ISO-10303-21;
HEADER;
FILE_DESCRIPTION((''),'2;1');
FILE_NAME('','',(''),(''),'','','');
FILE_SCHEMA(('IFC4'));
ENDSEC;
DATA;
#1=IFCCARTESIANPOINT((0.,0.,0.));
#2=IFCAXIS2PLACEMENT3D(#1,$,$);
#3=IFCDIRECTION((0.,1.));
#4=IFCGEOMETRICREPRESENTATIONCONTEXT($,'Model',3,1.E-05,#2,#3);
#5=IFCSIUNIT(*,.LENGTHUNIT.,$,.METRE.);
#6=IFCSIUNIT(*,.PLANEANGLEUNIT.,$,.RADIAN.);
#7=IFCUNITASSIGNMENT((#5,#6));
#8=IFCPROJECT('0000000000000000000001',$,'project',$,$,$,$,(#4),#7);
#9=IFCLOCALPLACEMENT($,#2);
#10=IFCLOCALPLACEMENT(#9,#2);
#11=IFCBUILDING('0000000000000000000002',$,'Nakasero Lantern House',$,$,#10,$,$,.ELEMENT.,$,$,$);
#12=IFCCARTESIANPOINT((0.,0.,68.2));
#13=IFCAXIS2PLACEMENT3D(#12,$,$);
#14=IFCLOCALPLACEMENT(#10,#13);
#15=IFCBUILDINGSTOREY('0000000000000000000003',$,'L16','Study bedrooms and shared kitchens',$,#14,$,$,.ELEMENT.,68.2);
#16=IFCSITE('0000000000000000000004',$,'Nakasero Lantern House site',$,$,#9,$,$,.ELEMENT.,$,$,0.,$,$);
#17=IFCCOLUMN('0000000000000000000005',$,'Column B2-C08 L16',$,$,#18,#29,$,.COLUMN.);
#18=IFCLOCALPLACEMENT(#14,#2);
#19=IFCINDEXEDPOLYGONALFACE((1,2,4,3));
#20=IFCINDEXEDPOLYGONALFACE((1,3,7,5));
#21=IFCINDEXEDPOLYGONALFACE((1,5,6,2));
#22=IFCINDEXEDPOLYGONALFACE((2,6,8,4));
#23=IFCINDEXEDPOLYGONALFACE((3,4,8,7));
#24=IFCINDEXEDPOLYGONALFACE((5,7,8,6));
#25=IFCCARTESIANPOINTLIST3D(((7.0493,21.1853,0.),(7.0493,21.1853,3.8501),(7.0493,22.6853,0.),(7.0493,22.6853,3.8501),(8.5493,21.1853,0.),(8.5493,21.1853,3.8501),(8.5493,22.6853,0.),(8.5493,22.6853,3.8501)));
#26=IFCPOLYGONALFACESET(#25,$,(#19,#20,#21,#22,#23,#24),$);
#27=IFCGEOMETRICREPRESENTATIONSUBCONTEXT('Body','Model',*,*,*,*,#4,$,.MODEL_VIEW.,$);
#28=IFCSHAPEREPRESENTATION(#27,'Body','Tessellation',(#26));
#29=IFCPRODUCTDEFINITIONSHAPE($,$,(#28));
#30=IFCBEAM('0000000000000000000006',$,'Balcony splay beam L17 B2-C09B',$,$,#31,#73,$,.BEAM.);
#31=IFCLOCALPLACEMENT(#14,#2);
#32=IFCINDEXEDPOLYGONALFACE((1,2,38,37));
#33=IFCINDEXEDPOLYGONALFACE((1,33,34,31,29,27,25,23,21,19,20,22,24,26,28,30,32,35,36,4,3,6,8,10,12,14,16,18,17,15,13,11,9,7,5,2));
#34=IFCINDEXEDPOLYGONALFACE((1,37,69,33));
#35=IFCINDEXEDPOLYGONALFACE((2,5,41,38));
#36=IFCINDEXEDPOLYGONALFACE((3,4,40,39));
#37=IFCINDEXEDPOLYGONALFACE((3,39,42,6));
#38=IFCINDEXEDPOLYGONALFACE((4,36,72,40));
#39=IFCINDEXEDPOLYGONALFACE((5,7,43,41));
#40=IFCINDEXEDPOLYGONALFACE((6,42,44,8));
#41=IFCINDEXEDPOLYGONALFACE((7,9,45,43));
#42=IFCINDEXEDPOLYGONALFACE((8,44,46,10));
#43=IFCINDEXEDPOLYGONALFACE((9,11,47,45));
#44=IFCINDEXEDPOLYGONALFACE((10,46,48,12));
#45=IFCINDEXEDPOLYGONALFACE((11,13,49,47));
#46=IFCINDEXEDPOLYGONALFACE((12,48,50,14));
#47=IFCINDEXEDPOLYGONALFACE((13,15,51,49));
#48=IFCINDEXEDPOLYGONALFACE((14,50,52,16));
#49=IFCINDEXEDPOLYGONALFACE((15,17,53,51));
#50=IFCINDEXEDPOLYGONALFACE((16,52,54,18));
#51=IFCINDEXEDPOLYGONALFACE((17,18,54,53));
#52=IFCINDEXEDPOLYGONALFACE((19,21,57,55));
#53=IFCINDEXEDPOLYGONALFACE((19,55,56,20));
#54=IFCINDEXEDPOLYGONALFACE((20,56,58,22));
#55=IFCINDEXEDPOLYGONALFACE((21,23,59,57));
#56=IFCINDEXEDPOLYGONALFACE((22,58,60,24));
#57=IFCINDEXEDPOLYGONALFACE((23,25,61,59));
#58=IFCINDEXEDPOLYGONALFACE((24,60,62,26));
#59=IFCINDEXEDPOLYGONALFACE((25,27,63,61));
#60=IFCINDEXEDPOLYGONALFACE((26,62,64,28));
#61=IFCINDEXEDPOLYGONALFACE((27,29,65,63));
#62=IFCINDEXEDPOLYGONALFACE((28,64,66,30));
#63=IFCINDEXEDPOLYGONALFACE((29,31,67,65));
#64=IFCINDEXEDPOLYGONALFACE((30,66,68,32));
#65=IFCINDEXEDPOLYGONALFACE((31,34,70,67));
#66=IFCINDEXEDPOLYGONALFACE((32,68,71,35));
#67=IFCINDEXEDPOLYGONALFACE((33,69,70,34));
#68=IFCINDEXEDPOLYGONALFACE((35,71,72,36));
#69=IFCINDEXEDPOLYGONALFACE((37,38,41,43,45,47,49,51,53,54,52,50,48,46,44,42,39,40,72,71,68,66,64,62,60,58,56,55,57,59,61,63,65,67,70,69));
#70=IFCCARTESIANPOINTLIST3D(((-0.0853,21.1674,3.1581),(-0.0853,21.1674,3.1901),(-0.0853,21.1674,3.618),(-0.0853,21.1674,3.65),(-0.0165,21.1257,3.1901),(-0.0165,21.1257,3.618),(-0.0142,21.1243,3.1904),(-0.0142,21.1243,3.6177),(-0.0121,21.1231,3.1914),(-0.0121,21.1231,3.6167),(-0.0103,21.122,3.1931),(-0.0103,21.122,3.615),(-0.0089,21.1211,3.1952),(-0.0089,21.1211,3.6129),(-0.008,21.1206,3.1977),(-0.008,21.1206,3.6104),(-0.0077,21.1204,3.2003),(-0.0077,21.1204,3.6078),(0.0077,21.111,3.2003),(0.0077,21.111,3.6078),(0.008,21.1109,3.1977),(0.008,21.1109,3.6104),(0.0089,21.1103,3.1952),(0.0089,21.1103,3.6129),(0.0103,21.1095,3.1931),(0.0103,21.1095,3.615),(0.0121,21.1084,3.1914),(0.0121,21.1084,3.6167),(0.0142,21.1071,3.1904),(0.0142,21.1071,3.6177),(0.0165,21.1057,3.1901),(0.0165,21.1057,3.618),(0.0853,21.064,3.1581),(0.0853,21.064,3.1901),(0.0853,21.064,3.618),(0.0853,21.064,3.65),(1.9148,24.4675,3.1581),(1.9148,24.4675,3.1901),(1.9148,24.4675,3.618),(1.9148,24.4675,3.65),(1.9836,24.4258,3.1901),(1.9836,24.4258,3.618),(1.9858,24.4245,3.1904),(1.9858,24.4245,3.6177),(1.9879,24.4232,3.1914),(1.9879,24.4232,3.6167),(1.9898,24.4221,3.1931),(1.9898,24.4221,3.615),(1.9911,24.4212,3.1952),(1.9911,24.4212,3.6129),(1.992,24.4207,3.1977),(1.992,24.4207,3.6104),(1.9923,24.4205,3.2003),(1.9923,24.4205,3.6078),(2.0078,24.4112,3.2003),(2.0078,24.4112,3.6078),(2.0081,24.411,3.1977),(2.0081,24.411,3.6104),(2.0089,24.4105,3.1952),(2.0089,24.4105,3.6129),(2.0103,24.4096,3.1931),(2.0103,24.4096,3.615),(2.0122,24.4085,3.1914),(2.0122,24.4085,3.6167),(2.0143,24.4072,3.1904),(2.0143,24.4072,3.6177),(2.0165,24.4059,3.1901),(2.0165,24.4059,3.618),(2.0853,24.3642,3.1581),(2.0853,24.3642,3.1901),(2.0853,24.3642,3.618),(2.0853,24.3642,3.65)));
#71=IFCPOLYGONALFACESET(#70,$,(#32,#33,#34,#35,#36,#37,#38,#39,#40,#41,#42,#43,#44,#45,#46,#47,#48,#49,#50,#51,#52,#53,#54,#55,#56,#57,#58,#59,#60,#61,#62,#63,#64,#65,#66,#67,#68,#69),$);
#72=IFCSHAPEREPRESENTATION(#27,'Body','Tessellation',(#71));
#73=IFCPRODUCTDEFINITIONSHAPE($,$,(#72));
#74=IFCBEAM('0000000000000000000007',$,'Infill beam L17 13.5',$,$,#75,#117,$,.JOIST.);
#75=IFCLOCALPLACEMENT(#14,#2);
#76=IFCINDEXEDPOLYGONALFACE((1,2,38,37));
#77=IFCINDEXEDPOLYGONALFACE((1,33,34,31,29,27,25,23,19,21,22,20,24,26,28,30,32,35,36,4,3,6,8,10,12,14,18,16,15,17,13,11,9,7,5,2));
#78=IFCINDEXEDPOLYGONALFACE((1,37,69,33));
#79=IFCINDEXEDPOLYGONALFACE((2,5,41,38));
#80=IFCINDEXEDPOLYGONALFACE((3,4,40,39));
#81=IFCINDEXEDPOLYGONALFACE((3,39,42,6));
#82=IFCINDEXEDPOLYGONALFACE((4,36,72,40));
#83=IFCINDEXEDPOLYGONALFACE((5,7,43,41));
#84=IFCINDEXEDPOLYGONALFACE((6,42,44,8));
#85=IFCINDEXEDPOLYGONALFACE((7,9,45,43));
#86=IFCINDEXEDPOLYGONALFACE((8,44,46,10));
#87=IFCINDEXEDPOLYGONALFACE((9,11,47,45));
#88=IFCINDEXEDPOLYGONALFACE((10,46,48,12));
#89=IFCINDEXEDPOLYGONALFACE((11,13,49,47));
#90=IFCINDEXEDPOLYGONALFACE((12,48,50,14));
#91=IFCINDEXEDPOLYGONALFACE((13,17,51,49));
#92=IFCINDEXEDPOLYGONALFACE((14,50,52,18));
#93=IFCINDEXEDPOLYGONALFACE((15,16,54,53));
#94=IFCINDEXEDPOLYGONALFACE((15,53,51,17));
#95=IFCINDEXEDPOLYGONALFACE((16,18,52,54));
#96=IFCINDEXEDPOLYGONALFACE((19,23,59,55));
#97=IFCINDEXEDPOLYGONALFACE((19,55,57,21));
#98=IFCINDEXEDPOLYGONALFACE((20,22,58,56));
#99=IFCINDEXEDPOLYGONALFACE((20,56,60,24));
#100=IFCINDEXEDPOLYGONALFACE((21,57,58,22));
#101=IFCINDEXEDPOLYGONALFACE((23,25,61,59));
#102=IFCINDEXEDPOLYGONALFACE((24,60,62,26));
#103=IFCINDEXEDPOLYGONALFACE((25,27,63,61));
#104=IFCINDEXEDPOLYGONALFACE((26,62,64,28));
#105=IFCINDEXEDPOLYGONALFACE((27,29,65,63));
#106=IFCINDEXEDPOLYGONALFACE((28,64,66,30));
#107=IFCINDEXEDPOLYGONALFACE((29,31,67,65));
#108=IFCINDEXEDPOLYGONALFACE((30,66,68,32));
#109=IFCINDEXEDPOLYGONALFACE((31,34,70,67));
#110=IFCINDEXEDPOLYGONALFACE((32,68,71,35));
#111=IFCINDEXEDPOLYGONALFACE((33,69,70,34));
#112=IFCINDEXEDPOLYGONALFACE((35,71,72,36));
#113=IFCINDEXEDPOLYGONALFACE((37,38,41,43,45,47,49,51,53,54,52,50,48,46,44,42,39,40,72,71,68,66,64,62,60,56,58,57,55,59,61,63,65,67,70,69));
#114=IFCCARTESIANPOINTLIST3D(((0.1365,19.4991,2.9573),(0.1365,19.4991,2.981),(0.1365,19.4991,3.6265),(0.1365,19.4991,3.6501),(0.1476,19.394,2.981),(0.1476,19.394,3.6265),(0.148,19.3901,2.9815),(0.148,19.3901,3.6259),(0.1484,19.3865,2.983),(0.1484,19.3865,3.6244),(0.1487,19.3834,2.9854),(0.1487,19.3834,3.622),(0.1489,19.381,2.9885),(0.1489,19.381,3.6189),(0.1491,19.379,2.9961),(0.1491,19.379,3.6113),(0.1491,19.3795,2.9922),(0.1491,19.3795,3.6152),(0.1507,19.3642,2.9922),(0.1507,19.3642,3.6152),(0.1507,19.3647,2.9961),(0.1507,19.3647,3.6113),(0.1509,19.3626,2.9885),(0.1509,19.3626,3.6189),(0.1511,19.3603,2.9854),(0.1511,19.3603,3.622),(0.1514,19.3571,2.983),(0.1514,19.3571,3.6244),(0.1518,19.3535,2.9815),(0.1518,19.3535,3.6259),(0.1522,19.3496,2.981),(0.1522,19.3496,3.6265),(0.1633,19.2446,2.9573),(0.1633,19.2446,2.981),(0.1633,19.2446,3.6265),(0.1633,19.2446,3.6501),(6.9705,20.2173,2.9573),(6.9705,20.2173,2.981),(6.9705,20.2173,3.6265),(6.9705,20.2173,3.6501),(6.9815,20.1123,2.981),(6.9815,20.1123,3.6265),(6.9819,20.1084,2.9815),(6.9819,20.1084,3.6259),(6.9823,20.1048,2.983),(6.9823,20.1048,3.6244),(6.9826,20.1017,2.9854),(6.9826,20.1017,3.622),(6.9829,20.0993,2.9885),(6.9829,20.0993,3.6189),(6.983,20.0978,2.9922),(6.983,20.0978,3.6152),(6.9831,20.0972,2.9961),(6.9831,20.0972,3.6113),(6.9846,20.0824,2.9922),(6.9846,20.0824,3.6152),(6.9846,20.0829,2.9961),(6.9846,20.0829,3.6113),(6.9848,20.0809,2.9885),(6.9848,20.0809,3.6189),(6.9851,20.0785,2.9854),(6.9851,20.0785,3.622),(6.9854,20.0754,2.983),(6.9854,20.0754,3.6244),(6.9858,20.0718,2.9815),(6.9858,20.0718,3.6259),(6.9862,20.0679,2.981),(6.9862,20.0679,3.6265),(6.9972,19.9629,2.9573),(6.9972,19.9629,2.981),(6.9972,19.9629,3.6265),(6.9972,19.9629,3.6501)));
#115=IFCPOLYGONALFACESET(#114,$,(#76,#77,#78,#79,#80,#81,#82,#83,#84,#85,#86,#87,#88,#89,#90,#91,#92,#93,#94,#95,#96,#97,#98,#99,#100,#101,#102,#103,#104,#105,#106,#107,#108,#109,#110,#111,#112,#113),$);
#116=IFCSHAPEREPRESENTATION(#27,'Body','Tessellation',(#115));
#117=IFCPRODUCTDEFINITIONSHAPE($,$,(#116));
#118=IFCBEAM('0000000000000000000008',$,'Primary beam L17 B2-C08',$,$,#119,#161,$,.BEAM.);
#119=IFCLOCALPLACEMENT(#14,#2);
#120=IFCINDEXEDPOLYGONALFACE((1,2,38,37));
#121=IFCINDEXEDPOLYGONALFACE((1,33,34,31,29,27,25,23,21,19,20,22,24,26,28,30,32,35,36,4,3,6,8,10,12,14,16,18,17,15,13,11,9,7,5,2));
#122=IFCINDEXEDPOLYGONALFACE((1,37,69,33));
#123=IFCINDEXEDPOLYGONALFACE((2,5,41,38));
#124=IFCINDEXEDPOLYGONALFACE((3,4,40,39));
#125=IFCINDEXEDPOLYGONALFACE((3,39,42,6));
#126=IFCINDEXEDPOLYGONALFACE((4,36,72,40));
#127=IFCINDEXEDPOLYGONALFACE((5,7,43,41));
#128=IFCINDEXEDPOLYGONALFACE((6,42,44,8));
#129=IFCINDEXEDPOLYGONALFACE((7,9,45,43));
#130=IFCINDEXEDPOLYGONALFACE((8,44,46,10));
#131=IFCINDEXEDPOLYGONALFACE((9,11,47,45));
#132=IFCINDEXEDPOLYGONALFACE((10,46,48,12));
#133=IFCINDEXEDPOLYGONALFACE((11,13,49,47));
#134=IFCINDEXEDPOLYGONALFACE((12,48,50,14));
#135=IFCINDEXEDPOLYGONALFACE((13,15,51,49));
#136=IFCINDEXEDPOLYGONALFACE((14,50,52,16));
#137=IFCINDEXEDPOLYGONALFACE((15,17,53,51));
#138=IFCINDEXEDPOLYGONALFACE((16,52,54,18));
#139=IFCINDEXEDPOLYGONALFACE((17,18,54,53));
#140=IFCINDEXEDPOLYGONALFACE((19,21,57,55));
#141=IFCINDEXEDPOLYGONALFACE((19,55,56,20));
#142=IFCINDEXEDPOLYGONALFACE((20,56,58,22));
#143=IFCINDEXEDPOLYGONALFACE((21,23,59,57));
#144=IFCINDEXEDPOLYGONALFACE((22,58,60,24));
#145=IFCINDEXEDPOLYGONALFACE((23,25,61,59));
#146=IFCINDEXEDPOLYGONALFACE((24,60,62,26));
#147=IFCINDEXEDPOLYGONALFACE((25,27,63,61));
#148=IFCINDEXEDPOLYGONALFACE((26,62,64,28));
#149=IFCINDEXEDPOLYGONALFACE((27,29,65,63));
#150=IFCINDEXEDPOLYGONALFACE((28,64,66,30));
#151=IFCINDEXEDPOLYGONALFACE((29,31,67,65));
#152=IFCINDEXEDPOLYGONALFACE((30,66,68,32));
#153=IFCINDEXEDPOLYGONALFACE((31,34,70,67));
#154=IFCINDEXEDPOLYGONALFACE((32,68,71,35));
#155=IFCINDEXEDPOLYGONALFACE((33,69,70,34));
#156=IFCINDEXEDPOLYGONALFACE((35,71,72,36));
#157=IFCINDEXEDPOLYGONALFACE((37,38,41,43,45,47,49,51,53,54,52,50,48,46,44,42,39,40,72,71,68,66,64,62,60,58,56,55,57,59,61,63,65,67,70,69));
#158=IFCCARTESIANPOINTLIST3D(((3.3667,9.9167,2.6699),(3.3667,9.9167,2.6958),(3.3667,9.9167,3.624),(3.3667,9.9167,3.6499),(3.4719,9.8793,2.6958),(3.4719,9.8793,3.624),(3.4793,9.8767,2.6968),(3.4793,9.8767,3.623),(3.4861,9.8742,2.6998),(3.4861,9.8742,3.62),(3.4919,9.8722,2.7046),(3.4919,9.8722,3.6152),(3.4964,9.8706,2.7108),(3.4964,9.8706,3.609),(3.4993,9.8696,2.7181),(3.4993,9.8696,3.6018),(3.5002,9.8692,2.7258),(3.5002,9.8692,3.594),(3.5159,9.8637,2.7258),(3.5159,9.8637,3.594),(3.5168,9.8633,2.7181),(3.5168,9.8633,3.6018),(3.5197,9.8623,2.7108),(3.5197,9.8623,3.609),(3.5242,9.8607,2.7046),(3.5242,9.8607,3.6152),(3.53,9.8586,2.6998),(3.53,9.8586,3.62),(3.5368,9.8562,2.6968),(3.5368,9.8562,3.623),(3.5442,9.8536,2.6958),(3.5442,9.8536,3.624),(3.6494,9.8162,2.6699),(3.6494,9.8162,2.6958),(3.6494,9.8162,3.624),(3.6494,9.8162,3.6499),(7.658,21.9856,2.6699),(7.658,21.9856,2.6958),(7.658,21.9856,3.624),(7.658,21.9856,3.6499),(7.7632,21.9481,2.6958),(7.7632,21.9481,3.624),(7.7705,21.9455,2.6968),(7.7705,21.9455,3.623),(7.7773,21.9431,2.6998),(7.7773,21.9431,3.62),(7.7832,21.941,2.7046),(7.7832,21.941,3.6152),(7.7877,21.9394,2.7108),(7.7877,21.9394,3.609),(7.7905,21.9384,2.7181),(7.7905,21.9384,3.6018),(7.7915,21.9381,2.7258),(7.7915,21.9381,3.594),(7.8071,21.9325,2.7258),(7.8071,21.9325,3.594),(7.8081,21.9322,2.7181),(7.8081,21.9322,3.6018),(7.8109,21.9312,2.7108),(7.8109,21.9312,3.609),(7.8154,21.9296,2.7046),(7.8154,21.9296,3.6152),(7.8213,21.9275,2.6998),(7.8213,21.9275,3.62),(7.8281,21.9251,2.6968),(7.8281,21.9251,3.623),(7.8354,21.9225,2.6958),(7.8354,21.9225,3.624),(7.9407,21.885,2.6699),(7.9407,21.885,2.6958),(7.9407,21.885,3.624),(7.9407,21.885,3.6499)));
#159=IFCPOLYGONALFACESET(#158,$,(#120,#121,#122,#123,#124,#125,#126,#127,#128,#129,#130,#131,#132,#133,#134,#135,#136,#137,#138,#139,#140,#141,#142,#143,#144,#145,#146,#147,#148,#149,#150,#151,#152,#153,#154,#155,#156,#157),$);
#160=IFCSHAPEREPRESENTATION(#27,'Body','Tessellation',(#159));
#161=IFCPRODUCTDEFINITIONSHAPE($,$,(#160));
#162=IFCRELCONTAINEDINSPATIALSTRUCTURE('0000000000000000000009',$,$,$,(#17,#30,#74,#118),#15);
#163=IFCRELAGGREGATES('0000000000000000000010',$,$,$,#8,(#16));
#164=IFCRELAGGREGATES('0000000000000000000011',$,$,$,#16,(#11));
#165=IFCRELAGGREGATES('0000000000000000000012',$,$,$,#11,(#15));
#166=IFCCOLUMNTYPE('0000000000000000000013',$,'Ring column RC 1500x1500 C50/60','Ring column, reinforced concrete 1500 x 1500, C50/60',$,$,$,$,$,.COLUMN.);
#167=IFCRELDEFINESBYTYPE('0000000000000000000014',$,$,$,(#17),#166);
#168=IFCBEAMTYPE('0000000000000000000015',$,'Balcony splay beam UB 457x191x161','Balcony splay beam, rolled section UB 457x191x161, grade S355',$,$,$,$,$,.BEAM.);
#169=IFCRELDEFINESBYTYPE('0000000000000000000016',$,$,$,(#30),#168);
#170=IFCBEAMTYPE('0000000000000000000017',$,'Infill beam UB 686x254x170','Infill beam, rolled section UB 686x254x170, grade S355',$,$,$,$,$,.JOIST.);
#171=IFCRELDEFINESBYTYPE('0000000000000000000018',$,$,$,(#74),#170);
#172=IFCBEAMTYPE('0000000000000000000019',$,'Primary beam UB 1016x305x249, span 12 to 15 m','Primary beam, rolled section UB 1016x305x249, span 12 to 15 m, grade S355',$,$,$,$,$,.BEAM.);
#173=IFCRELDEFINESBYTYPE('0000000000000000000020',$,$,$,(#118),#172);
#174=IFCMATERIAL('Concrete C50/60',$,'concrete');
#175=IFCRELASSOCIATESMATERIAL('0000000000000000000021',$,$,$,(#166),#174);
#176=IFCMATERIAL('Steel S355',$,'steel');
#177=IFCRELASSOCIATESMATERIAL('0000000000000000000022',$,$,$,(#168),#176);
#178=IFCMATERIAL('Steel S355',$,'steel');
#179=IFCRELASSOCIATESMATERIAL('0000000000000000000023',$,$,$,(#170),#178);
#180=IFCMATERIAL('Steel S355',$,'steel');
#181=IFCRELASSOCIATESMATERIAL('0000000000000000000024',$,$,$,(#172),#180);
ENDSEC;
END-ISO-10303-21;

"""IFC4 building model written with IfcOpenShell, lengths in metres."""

from ifc_helpers import new_model, si_unit, direction, frame, origin, origin_2d, place, context, subcontext, project, spatial, rectangle, i_section, extrude, material, material_profile, profile_set, type_object, element, save


model = new_model("IFC4")

# Units and contexts
model_context = context("Model", 3, precision=1e-05, world=origin(), true_north=direction((0.0, 1.0)))
body_context = subcontext(model_context, "Body", "Model", "MODEL_VIEW")
ifc_project = project(units=[si_unit("LENGTHUNIT", "METRE"), si_unit("PLANEANGLEUNIT", "RADIAN")], contexts=[model_context])

# Site, building, storey
site_placement = place(None, origin())
site = spatial("IfcSite", under=ifc_project, at=site_placement, Name="Nakasero Lantern House site", CompositionType="ELEMENT", RefElevation=0.0)
building_placement = place(site_placement, origin())
building = spatial("IfcBuilding", under=site, at=building_placement, Name="Nakasero Lantern House", CompositionType="ELEMENT")
storey_placement = place(building_placement, frame((0.0, 0.0, 68.2)))
storey = spatial("IfcBuildingStorey", under=building, at=storey_placement, Name="L16", Description="Study bedrooms and shared kitchens", CompositionType="ELEMENT", Elevation=68.2)

# Column
ifc_material_1 = material(Name="Concrete C50/60", Category="concrete")
ifc_material_profile_1 = material_profile(ifc_material_1, rectangle(XDim=1.5, YDim=1.5, at=origin_2d()), Name="RC 1500x1500")
ifc_profile_set_1 = profile_set([ifc_material_profile_1], Name="Concrete C50/60")
column_type = type_object("IfcColumnType", Name="Ring column RC 1500x1500 C50/60", Description="Ring column, reinforced concrete 1500 x 1500, C50/60", PredefinedType="COLUMN", material=ifc_profile_set_1)
column_placement = place(storey_placement, frame((7.7993, 21.9353, 0.0), z_axis=(0.0, 0.0, 1.0), x_axis=(1.0, 0.0, 0.0)))
element("IfcColumn", 1, at=column_placement, inside=storey, type_object=column_type, Name="Column B2-C08 L16", PredefinedType="COLUMN", context=body_context, shape_type="SweptSolid", body=[
    extrude(rectangle(XDim=1.5, YDim=1.5, at=origin_2d()), origin(), (0.0, 0.0, 1.0), 3.8501),
])

# Beams
ifc_material_2 = material(Name="Steel S355", Category="steel")
ifc_material_profile_2 = material_profile(ifc_material_2, i_section(OverallWidth=0.1995, OverallDepth=0.4919, WebThickness=0.0181, FlangeThickness=0.032, FilletRadius=0.0103, at=origin_2d()), Name="UB 457x191x161")
ifc_profile_set_2 = profile_set([ifc_material_profile_2], Name="Steel S355")
beam_type_1 = type_object("IfcBeamType", Name="Balcony splay beam UB 457x191x161", Description="Balcony splay beam, rolled section UB 457x191x161, grade S355", PredefinedType="BEAM", material=ifc_profile_set_2)
beam_1_placement = place(storey_placement, frame((0.0, 21.1157, 3.4041), z_axis=(0.518296, 0.855201, 0.0), x_axis=(-0.855201, 0.518296, 0.0)))
element("IfcBeam", 2, at=beam_1_placement, inside=storey, type_object=beam_type_1, Name="Balcony splay beam L17 B2-C09B", PredefinedType="BEAM", context=body_context, shape_type="SweptSolid", body=[
    extrude(i_section(OverallWidth=0.1995, OverallDepth=0.4919, WebThickness=0.0181, FlangeThickness=0.032, FilletRadius=0.0103, at=origin_2d()), origin(), (0.0, 0.0, 1.0), 3.8589),
])
ifc_material_3 = material(Name="Steel S355", Category="steel")
ifc_material_profile_3 = material_profile(ifc_material_3, i_section(OverallWidth=0.2559, OverallDepth=0.6929, WebThickness=0.0144, FlangeThickness=0.0237, FilletRadius=0.0151, at=origin_2d()), Name="UB 686x254x170")
ifc_profile_set_3 = profile_set([ifc_material_profile_3], Name="Steel S355")
beam_type_2 = type_object("IfcBeamType", Name="Infill beam UB 686x254x170", Description="Infill beam, rolled section UB 686x254x170, grade S355", PredefinedType="JOIST", material=ifc_profile_set_3)
beam_2_placement = place(storey_placement, frame((0.1499, 19.3718, 3.3037), z_axis=(0.994522, 0.104526, 0.0), x_axis=(-0.104526, 0.994522, 0.0)))
element("IfcBeam", 3, at=beam_2_placement, inside=storey, type_object=beam_type_2, Name="Infill beam L17 13.5", PredefinedType="JOIST", context=body_context, shape_type="SweptSolid", body=[
    extrude(i_section(OverallWidth=0.2559, OverallDepth=0.6929, WebThickness=0.0144, FlangeThickness=0.0237, FilletRadius=0.0151, at=origin_2d()), origin(), (0.0, 0.0, 1.0), 6.8716),
])
ifc_material_4 = material(Name="Steel S355", Category="steel")
ifc_material_profile_4 = material_profile(ifc_material_4, i_section(OverallWidth=0.3, OverallDepth=0.98, WebThickness=0.0166, FlangeThickness=0.0259, FilletRadius=0.03, at=origin_2d()), Name="UB 1016x305x249")
ifc_profile_set_4 = profile_set([ifc_material_profile_4], Name="Steel S355")
beam_type_3 = type_object("IfcBeamType", Name="Primary beam UB 1016x305x249, span 12 to 15 m", Description="Primary beam, rolled section UB 1016x305x249, span 12 to 15 m, grade S355", PredefinedType="BEAM", material=ifc_profile_set_4)
beam_3_placement = place(storey_placement, frame((7.7993, 21.9353, 3.1599), z_axis=(-0.335018, -0.942212, 0.0), x_axis=(0.942212, -0.335018, 0.0)))
element("IfcBeam", 4, at=beam_3_placement, inside=storey, type_object=beam_type_3, Name="Primary beam L17 B2-C08", PredefinedType="BEAM", context=body_context, shape_type="SweptSolid", body=[
    extrude(i_section(OverallWidth=0.3, OverallDepth=0.98, WebThickness=0.0166, FlangeThickness=0.0259, FilletRadius=0.03, at=origin_2d()), origin(), (0.0, 0.0, 1.0), 12.8091),
])

save(model, "model.ifc")
